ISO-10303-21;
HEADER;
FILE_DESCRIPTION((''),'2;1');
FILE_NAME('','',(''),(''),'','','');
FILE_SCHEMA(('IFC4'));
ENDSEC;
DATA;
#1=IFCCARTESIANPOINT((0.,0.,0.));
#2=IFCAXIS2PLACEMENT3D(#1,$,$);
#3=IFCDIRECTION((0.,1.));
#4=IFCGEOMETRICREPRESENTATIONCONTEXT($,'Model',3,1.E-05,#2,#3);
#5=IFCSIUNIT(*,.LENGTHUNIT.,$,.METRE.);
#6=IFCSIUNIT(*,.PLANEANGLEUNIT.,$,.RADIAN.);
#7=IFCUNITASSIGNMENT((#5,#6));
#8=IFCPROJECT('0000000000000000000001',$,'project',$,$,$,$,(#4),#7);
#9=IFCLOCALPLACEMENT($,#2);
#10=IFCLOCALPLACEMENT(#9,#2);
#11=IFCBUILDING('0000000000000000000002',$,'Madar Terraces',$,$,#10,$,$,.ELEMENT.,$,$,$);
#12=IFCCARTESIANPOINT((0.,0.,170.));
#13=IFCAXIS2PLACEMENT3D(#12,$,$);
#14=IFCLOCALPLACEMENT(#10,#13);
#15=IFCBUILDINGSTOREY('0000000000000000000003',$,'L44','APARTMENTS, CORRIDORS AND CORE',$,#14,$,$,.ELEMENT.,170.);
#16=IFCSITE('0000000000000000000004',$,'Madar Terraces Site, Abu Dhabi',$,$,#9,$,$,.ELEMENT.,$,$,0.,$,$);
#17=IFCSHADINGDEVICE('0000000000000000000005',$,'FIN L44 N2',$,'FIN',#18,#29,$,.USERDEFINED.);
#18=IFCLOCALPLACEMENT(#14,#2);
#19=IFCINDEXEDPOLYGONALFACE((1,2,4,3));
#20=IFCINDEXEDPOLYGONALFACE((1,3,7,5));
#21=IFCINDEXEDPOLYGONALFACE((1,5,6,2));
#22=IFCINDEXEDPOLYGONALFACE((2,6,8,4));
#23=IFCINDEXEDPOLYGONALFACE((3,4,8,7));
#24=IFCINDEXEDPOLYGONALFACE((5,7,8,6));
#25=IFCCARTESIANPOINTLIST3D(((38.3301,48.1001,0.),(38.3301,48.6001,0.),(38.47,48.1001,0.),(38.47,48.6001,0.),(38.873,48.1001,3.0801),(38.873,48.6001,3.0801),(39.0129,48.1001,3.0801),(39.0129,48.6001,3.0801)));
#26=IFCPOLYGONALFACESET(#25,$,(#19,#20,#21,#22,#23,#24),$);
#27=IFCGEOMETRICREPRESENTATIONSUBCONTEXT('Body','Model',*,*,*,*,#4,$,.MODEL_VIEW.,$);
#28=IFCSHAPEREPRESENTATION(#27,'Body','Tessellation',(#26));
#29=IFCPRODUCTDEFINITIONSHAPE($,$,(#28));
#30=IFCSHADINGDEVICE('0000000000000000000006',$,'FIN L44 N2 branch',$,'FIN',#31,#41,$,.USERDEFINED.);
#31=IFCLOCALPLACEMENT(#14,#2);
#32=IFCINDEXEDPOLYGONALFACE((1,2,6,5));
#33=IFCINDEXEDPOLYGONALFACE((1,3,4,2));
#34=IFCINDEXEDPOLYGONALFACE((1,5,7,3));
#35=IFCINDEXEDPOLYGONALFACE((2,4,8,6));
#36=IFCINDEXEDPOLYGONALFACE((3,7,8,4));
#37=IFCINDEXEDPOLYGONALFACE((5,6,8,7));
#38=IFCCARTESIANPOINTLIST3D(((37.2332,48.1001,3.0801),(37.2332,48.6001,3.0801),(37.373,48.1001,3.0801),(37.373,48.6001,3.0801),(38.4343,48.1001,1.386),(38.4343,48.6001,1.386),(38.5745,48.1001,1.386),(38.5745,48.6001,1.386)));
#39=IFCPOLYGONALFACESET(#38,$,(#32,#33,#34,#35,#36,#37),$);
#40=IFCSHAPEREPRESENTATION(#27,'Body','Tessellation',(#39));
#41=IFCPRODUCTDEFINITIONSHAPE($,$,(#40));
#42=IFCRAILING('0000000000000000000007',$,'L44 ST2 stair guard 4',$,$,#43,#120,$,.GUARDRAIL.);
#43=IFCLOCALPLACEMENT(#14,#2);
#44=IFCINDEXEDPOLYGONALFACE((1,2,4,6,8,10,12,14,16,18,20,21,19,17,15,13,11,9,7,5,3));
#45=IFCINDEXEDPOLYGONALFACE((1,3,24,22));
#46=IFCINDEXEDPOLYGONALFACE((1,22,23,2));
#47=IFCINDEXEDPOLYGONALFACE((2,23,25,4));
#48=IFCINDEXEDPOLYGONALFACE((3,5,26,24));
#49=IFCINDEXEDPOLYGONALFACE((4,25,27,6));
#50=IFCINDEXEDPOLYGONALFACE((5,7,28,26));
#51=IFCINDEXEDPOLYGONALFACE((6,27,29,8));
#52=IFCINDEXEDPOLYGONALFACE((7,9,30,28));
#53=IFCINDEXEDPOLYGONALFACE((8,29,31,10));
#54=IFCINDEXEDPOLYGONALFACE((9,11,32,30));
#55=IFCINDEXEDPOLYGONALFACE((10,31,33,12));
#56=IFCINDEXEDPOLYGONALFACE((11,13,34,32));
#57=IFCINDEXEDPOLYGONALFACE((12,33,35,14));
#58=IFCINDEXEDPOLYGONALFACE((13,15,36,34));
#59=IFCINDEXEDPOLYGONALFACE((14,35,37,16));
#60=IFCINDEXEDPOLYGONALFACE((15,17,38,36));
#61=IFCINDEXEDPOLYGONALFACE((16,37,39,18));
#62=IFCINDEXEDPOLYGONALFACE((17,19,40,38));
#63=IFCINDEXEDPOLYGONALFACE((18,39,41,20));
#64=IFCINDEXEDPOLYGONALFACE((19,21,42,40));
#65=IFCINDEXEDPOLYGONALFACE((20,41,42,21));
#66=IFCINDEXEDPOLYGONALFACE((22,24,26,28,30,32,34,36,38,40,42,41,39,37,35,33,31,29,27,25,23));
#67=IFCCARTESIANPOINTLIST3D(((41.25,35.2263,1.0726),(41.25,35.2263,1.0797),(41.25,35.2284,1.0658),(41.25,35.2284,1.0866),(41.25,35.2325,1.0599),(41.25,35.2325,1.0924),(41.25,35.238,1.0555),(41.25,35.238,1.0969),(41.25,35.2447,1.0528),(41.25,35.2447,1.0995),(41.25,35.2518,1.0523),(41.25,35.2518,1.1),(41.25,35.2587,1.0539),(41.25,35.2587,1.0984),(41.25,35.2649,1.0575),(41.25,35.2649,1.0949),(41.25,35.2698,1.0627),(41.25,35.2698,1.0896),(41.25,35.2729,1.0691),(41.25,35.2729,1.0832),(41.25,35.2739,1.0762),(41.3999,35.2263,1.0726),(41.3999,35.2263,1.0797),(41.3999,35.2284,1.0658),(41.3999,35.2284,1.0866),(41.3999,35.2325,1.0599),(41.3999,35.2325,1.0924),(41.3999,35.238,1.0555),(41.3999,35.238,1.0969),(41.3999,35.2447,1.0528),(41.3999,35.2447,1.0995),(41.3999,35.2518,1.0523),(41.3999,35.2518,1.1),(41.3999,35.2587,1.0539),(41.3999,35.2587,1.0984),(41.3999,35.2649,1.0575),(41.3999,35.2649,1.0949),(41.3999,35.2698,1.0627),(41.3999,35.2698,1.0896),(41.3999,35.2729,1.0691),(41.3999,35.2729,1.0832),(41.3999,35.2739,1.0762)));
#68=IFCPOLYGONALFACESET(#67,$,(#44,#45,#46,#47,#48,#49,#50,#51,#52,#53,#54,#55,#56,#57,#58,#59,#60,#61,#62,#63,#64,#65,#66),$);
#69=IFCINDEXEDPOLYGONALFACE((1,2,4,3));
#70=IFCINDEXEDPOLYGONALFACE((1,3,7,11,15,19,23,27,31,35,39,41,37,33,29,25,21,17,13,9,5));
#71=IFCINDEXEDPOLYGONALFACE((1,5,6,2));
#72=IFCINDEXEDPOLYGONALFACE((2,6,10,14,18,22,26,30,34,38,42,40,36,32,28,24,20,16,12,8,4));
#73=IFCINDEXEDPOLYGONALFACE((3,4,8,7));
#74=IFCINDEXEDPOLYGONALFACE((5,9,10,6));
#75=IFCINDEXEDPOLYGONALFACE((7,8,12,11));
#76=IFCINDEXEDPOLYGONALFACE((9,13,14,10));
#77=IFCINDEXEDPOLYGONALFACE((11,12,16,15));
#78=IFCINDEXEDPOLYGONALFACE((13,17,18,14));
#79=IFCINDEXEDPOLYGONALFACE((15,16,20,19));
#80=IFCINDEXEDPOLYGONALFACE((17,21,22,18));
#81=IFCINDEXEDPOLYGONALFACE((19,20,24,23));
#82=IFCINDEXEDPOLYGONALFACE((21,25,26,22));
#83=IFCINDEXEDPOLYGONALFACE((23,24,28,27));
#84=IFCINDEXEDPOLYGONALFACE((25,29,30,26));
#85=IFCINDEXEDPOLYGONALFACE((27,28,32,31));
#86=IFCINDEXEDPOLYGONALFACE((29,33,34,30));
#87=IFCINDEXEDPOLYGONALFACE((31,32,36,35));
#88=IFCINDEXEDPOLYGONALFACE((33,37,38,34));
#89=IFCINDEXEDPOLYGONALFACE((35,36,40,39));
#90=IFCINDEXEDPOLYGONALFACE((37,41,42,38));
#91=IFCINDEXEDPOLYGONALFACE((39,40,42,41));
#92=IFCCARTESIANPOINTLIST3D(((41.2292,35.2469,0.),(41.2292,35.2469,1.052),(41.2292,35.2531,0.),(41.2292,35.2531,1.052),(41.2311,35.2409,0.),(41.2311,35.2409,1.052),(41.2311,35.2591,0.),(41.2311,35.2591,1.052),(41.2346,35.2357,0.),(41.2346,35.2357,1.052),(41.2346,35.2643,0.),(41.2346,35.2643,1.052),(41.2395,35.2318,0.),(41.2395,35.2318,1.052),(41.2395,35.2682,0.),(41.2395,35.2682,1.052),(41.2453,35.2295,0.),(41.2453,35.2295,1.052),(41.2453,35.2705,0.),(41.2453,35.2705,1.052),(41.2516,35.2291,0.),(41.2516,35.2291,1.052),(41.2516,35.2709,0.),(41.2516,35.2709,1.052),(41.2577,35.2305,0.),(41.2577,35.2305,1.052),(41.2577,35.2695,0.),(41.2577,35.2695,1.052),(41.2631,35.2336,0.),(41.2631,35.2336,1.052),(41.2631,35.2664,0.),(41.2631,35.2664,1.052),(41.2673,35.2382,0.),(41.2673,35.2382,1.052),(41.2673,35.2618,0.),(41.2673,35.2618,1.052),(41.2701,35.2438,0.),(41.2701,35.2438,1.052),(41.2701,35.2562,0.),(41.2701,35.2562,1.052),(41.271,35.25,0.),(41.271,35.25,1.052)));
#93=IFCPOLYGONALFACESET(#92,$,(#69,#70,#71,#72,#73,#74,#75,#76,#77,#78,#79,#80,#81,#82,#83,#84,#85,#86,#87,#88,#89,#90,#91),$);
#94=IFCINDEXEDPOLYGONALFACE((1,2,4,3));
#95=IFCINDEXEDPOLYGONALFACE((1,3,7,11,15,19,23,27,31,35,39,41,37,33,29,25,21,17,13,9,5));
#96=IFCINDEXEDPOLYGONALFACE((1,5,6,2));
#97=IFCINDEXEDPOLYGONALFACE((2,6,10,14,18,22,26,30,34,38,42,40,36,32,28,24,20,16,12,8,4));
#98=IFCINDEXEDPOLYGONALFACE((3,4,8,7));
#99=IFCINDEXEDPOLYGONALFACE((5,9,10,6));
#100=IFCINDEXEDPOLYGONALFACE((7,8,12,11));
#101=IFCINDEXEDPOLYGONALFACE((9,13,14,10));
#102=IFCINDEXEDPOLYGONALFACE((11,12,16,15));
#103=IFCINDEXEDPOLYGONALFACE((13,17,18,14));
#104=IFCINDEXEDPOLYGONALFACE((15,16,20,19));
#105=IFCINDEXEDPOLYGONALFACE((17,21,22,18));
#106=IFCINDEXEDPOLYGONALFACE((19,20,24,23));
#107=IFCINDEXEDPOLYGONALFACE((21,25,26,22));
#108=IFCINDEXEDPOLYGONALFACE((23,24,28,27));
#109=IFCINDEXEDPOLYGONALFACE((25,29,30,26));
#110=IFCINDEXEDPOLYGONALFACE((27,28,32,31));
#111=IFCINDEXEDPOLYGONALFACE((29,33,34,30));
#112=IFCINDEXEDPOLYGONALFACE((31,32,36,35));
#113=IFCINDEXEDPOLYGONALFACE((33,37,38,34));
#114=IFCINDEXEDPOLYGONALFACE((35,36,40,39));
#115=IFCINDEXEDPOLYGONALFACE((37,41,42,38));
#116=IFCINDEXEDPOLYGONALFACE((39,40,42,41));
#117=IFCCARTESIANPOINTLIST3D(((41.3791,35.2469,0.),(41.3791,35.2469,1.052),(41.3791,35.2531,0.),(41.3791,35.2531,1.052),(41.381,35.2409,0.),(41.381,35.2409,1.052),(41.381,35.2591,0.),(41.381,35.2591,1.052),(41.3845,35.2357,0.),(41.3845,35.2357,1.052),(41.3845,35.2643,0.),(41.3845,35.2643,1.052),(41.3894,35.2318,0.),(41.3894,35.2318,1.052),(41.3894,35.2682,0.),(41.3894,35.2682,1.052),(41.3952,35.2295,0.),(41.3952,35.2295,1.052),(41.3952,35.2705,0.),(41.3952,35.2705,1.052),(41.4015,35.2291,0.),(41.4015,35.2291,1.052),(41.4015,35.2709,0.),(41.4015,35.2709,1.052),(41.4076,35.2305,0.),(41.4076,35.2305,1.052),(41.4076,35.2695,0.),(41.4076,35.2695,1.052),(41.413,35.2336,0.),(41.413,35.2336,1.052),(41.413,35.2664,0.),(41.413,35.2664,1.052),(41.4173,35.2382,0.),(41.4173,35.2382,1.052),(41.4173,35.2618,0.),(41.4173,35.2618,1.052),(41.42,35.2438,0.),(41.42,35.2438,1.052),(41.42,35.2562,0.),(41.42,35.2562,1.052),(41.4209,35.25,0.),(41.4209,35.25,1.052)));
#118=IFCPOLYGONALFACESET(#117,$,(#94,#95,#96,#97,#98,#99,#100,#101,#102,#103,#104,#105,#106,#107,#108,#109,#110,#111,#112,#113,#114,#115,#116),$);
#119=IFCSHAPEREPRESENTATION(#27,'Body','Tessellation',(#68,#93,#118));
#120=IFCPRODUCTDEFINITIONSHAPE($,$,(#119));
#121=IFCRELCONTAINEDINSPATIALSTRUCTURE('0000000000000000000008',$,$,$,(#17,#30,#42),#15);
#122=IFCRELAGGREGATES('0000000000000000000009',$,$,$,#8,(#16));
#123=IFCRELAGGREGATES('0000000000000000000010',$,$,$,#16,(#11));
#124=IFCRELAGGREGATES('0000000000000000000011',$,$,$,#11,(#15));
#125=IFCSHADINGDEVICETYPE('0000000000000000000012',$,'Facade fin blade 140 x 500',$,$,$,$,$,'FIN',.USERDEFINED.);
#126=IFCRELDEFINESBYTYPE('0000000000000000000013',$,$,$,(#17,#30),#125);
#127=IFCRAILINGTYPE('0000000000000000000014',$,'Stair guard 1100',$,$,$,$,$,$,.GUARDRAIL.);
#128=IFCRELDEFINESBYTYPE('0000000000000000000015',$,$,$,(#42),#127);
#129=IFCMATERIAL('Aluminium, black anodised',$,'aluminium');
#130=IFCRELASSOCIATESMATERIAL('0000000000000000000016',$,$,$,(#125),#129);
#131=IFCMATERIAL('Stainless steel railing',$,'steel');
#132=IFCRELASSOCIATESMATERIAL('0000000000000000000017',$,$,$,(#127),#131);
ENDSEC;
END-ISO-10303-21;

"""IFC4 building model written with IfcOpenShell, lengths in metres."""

from ifc_helpers import new_model, si_unit, direction, frame, origin, origin_2d, place, context, subcontext, project, spatial, polyline, circle, outline, extrude, material, type_object, element, save


model = new_model("IFC4")

# Units and contexts
model_context = context("Model", 3, precision=1e-05, world=origin(), true_north=direction((0.0, 1.0)))
body_context = subcontext(model_context, "Body", "Model", "MODEL_VIEW")
ifc_project = project(units=[si_unit("LENGTHUNIT", "METRE"), si_unit("PLANEANGLEUNIT", "RADIAN")], contexts=[model_context])

# Site, building, storey
site_placement = place(None, origin())
site = spatial("IfcSite", under=ifc_project, at=site_placement, Name="Madar Terraces Site, Abu Dhabi", CompositionType="ELEMENT", RefElevation=0.0)
building_placement = place(site_placement, origin())
building = spatial("IfcBuilding", under=site, at=building_placement, Name="Madar Terraces", CompositionType="ELEMENT")
storey_placement = place(building_placement, frame((0.0, 0.0, 170.0)))
storey = spatial("IfcBuildingStorey", under=building, at=storey_placement, Name="L44", Description="APARTMENTS, CORRIDORS AND CORE", CompositionType="ELEMENT", Elevation=170.0)

# Shading devices
ifc_material_1 = material(Name="Aluminium, black anodised", Category="aluminium")
shading_device_type = type_object("IfcShadingDeviceType", Name="Facade fin blade 140 x 500", ElementType="FIN", PredefinedType="USERDEFINED", material=ifc_material_1)
shading_device_1_placement = place(storey_placement, frame((38.47, 48.3501, 0.0), z_axis=(0.0, 0.0, 1.0), x_axis=(-1.0, 0.0, 0.0)))
element("IfcShadingDevice", 1, at=shading_device_1_placement, inside=storey, type_object=shading_device_type, Name="FIN L44 N2", ObjectType="FIN", PredefinedType="USERDEFINED", context=body_context, shape_type="SweptSolid", body=[
    extrude(outline(polyline([(0.0, 0.0), (0.1399, 0.0), (-0.4031, 3.0801), (-0.543, 3.0801), (0.0, 0.0)])), frame((0.0, 0.25, 0.0), z_axis=(0.0, -1.0, 0.0), x_axis=(1.0, 0.0, 0.0)), (0.0, 0.0, 1.0), 0.5),
])
shading_device_2_placement = place(storey_placement, frame((38.5745, 48.3501, 1.386), z_axis=(0.0, 0.0, 1.0), x_axis=(-1.0, 0.0, 0.0)))
element("IfcShadingDevice", 2, at=shading_device_2_placement, inside=storey, type_object=shading_device_type, Name="FIN L44 N2 branch", ObjectType="FIN", PredefinedType="USERDEFINED", context=body_context, shape_type="SweptSolid", body=[
    extrude(outline(polyline([(0.0, 0.0), (0.1401, 0.0), (1.3413, 1.6941), (1.2014, 1.6941), (0.0, 0.0)])), frame((0.0, 0.25, 0.0), z_axis=(0.0, -1.0, 0.0), x_axis=(1.0, 0.0, 0.0)), (0.0, 0.0, 1.0), 0.5),
])

# Railing
ifc_material_2 = material(Name="Stainless steel railing", Category="steel")
railing_type = type_object("IfcRailingType", Name="Stair guard 1100", PredefinedType="GUARDRAIL", material=ifc_material_2)
railing_placement = place(storey_placement, frame((41.25, 35.25, 0.0)))
element("IfcRailing", 3, at=railing_placement, inside=storey, type_object=railing_type, Name="L44 ST2 stair guard 4", PredefinedType="GUARDRAIL", context=body_context, shape_type="SweptSolid", body=[
    extrude(circle(Radius=0.0239, at=origin_2d()), frame((0.0, 0.0, 1.0762), z_axis=(1.0, 0.0, 0.0), x_axis=(0.0, 1.0, 0.0)), (0.0, 0.0, 1.0), 0.1499),
    extrude(circle(Radius=0.021, at=origin_2d()), origin(), (0.0, 0.0, 1.0), 1.052),
    extrude(circle(Radius=0.021, at=origin_2d()), frame((0.1499, 0.0, 0.0)), (0.0, 0.0, 1.0), 1.052),
])

save(model, "model.ifc")
